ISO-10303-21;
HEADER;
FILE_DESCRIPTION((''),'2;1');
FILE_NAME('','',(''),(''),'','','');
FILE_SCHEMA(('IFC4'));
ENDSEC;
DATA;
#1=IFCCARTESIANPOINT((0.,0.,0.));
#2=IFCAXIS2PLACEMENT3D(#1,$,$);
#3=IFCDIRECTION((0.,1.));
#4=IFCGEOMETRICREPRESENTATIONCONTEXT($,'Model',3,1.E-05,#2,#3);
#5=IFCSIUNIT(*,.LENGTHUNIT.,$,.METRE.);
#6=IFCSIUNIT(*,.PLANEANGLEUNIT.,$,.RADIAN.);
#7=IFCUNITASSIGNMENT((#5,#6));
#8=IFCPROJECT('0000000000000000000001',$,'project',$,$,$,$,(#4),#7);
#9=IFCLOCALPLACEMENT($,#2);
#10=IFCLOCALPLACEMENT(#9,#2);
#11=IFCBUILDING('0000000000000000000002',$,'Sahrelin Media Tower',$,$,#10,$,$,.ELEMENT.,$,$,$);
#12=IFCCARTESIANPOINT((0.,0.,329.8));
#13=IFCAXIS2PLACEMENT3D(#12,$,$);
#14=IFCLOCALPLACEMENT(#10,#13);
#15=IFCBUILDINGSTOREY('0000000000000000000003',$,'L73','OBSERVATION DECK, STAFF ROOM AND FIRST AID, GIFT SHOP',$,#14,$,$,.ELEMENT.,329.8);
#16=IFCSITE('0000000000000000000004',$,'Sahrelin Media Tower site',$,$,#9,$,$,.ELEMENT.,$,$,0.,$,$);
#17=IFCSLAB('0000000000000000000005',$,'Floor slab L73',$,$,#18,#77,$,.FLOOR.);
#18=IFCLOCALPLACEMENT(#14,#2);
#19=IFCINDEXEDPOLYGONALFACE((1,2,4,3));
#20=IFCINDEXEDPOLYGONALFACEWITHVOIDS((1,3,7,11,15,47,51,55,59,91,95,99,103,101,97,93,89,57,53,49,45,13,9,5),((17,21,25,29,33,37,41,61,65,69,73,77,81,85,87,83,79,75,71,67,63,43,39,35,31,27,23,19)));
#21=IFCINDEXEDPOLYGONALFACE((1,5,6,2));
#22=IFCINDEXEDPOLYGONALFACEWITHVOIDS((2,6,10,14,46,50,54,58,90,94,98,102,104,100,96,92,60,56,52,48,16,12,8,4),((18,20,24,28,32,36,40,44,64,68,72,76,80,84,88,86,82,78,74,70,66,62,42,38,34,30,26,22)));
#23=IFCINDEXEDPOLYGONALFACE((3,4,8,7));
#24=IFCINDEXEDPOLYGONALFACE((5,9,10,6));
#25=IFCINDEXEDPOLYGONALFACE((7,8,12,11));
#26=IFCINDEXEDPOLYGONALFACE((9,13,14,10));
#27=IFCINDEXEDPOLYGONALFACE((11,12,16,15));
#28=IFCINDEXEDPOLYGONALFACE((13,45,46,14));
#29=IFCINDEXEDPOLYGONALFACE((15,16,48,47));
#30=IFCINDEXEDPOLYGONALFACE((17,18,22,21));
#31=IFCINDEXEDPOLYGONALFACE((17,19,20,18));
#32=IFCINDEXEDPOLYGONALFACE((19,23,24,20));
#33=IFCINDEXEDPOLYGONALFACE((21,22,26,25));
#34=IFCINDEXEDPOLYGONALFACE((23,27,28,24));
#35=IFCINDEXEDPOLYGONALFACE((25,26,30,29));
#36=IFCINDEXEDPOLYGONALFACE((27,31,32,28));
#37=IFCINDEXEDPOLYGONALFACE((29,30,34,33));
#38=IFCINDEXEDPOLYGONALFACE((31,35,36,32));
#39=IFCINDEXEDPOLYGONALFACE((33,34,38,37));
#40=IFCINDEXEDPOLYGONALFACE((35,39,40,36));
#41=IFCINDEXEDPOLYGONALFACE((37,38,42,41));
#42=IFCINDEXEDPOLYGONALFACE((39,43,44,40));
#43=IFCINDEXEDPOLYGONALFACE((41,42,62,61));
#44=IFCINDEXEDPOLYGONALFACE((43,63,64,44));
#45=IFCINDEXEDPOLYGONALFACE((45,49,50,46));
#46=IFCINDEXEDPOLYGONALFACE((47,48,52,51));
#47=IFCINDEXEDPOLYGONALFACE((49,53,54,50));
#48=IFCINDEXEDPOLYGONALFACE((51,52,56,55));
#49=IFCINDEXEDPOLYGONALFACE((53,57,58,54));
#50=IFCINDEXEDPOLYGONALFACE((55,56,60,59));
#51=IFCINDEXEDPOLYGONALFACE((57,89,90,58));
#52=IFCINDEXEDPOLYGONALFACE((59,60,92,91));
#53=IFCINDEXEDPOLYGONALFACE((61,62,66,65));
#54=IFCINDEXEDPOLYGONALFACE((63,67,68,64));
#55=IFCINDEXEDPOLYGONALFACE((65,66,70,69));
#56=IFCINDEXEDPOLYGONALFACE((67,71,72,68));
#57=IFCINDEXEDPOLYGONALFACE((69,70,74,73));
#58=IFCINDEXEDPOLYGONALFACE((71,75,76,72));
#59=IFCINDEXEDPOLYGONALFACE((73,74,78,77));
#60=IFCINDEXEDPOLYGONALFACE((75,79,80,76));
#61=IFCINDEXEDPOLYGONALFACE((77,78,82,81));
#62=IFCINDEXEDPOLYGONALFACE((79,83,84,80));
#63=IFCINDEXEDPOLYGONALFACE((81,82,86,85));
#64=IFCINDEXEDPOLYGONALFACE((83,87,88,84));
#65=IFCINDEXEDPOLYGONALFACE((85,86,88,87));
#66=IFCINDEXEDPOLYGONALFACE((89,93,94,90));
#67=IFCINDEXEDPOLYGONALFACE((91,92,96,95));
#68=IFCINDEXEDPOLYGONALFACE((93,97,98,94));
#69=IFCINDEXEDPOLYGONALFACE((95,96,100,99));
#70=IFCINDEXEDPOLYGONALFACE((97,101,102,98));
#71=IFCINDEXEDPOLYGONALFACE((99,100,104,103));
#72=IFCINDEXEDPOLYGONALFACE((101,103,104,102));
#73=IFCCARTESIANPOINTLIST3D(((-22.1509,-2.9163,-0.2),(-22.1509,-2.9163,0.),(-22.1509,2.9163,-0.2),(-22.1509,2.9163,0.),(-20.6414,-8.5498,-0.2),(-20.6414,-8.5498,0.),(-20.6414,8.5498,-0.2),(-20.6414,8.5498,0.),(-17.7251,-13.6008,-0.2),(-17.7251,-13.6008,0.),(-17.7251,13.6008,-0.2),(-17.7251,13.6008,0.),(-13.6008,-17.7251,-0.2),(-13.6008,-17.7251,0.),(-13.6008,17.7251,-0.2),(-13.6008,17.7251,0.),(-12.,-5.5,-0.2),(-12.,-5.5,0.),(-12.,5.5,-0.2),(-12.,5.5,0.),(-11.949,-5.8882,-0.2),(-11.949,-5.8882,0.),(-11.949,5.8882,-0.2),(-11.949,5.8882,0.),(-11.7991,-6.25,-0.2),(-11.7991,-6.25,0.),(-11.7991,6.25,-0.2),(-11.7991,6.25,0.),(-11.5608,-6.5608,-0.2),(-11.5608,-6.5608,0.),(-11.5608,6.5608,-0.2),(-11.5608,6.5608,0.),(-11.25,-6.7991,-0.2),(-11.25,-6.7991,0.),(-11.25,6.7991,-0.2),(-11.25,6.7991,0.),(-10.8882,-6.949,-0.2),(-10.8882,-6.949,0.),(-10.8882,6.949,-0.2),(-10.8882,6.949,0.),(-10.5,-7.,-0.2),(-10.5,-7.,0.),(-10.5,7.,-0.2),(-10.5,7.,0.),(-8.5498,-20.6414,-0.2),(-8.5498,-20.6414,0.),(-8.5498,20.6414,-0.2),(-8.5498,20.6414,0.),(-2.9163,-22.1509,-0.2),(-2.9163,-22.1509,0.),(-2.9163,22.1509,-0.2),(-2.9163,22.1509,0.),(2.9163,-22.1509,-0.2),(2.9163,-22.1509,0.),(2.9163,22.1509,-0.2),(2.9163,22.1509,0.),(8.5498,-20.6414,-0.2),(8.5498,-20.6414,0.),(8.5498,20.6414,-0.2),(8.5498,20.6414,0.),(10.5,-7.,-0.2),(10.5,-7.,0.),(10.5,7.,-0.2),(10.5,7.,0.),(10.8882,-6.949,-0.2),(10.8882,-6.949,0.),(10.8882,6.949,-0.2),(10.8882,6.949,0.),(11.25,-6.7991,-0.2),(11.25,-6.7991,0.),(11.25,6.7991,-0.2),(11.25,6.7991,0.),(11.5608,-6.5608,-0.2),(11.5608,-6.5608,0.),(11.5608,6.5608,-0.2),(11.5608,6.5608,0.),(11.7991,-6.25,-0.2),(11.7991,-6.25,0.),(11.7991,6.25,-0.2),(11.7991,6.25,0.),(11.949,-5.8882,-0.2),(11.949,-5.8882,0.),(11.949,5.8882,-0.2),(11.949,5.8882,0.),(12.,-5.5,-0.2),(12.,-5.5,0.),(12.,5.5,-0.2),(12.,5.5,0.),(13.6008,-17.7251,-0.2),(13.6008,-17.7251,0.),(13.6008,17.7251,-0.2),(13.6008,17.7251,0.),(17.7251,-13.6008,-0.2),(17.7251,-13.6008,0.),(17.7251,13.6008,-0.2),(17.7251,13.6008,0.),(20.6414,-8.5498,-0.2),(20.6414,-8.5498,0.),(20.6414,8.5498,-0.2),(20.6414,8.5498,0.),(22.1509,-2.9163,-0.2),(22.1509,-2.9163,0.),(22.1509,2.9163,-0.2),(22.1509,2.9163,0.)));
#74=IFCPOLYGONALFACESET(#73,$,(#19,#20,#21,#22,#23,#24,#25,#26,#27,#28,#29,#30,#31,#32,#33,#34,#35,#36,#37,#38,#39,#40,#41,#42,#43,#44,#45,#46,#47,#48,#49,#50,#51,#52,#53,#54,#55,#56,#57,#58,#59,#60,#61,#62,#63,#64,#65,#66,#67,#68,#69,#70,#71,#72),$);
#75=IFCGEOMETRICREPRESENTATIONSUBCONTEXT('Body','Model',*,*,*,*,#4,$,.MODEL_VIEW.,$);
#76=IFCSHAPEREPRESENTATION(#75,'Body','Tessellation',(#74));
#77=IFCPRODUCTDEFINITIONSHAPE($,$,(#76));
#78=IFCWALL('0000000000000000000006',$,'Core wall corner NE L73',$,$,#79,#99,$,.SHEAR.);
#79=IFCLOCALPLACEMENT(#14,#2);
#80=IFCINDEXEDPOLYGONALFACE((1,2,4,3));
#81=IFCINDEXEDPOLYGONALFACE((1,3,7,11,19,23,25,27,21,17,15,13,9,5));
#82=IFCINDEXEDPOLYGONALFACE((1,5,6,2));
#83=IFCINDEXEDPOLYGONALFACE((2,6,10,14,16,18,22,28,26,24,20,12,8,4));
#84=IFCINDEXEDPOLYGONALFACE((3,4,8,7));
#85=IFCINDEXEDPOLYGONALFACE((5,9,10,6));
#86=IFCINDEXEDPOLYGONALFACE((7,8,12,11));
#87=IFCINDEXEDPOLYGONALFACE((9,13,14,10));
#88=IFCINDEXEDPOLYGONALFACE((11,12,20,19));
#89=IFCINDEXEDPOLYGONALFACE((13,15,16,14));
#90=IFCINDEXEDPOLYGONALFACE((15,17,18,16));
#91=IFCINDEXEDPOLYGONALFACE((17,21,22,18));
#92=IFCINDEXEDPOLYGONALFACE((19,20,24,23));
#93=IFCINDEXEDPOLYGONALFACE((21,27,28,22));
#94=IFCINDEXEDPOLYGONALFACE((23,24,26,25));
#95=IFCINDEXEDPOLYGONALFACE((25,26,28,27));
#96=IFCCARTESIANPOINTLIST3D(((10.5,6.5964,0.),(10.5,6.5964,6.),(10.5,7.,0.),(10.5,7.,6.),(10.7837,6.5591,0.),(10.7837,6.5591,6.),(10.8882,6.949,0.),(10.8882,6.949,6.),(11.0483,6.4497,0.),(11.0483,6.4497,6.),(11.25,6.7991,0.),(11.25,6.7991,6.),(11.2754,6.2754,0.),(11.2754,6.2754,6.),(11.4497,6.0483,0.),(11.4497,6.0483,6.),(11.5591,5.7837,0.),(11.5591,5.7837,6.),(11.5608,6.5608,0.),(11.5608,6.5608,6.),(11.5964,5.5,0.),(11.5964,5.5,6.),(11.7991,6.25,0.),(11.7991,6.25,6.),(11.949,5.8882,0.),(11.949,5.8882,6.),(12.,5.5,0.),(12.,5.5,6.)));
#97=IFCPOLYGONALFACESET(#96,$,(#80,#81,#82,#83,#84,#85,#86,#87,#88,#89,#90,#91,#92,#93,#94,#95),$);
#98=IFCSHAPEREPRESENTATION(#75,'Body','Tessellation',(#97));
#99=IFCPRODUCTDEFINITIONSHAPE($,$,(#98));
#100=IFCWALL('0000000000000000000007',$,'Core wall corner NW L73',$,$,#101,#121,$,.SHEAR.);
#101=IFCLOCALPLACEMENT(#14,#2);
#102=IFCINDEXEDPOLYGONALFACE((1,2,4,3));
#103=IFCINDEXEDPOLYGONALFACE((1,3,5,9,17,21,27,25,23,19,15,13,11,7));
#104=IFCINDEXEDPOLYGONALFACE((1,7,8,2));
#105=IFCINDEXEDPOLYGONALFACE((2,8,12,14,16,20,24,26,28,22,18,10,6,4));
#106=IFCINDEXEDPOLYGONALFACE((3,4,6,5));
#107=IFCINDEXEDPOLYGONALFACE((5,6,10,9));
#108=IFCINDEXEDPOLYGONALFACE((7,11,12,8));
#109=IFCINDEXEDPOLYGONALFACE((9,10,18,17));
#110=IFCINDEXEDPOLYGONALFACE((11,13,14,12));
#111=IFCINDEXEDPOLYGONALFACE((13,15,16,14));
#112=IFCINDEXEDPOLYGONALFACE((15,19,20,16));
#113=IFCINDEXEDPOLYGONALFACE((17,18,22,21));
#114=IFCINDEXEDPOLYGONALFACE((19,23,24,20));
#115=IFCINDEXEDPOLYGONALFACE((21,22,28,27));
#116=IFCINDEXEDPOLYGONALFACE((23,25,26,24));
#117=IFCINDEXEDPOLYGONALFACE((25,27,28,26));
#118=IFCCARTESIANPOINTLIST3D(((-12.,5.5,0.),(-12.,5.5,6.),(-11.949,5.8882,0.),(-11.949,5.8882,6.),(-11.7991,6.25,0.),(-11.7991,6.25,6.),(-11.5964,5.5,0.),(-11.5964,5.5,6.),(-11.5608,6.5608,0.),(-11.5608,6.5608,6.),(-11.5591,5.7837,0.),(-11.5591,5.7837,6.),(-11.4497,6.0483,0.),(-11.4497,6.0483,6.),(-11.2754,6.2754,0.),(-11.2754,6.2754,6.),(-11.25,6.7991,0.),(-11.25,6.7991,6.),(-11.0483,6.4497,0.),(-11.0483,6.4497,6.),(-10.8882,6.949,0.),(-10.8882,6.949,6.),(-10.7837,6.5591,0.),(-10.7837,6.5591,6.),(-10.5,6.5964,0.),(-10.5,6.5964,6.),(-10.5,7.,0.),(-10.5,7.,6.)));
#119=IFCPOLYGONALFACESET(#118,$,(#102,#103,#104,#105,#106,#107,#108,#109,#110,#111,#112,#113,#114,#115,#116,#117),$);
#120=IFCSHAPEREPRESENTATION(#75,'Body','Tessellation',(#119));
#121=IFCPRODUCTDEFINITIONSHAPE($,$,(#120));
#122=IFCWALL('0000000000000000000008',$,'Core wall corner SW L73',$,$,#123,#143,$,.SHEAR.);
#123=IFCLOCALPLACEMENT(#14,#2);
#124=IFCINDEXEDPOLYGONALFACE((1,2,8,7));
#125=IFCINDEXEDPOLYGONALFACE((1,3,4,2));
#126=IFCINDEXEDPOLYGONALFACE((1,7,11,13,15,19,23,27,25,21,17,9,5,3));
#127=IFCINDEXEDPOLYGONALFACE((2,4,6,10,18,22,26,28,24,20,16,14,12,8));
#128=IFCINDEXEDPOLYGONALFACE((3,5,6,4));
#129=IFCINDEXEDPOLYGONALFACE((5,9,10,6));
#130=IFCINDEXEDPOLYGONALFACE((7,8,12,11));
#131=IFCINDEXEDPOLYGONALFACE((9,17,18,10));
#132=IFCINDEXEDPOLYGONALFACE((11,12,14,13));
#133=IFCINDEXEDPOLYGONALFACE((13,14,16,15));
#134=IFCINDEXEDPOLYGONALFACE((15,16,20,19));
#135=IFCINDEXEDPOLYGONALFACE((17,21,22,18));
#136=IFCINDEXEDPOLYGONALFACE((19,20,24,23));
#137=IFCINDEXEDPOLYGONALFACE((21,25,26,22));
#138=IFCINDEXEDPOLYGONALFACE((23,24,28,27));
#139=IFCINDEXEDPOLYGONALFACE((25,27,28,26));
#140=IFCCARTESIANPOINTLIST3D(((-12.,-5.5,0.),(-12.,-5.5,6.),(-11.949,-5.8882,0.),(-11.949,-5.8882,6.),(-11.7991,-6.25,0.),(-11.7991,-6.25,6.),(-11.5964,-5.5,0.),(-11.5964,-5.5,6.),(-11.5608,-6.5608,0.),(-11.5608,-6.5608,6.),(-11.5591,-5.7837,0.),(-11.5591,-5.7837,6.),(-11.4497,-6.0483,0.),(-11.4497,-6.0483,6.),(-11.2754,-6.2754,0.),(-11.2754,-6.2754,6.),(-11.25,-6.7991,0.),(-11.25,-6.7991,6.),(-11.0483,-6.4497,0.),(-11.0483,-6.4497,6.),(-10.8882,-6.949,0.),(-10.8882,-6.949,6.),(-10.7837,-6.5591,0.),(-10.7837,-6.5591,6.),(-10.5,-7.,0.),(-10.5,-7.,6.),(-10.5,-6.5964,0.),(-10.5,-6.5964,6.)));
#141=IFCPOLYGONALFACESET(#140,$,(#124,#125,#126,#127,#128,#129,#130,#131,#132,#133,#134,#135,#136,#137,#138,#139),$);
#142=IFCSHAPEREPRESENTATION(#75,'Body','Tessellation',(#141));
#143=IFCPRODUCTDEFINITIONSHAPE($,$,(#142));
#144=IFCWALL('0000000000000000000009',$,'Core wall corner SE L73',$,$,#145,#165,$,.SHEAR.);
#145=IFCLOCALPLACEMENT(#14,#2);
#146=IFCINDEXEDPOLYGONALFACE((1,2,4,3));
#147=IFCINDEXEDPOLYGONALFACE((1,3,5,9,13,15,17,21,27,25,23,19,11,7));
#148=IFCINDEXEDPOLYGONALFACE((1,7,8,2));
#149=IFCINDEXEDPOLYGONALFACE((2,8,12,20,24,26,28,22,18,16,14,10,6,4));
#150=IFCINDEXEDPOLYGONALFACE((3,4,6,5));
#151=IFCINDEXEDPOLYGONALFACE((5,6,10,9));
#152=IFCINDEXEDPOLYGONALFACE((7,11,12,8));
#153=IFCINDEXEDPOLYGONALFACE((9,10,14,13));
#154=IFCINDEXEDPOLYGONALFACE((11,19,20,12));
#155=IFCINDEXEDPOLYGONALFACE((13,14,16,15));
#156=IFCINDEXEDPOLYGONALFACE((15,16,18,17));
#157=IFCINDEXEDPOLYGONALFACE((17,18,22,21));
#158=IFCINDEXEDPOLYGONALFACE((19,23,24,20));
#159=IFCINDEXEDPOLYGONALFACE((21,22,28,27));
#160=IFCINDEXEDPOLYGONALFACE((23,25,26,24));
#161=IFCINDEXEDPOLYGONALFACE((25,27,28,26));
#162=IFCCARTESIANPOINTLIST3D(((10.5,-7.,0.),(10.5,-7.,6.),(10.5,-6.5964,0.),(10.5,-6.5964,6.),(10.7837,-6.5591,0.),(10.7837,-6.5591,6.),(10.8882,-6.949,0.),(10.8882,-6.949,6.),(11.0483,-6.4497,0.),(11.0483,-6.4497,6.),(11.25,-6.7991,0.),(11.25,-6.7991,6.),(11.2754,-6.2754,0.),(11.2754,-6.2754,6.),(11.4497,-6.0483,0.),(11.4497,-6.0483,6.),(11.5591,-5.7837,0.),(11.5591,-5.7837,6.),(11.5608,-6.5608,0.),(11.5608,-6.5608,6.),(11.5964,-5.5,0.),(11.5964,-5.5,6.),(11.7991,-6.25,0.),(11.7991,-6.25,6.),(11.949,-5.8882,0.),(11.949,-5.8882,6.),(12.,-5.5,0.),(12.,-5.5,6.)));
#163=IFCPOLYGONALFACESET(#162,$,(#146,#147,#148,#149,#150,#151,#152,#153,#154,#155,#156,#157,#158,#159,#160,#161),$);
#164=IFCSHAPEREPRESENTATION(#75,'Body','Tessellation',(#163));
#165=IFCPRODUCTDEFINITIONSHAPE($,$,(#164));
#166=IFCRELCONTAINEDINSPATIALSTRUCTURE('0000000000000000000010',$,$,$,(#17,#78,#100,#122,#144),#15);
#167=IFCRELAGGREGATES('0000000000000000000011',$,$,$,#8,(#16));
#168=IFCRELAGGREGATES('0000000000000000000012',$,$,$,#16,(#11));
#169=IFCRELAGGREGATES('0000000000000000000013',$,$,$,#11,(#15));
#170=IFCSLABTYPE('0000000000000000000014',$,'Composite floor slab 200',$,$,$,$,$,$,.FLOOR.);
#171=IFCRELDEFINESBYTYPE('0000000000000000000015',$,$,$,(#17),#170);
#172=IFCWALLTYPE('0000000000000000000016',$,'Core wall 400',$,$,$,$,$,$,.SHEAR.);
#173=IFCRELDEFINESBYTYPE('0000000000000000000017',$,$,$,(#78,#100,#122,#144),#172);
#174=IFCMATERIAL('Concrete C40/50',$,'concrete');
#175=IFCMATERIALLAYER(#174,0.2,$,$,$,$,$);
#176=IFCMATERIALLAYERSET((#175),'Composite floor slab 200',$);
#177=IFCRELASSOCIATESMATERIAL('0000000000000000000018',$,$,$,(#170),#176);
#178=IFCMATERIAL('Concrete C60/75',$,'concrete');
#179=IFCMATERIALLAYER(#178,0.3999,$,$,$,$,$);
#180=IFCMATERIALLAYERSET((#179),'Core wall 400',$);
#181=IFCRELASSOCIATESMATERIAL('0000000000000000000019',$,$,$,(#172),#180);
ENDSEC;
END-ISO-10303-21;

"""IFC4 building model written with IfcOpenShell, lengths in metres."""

from ifc_helpers import new_model, si_unit, direction, frame, origin, place, context, subcontext, project, spatial, polyline, outline, extrude, material, layer, layer_set, type_object, element, save


model = new_model("IFC4")

# Units and contexts
model_context = context("Model", 3, precision=1e-05, world=origin(), true_north=direction((0.0, 1.0)))
body_context = subcontext(model_context, "Body", "Model", "MODEL_VIEW")
ifc_project = project(units=[si_unit("LENGTHUNIT", "METRE"), si_unit("PLANEANGLEUNIT", "RADIAN")], contexts=[model_context])

# Site, building, storey
site_placement = place(None, origin())
site = spatial("IfcSite", under=ifc_project, at=site_placement, Name="Sahrelin Media Tower site", CompositionType="ELEMENT", RefElevation=0.0)
building_placement = place(site_placement, origin())
building = spatial("IfcBuilding", under=site, at=building_placement, Name="Sahrelin Media Tower", CompositionType="ELEMENT")
storey_placement = place(building_placement, frame((0.0, 0.0, 329.8)))
storey = spatial("IfcBuildingStorey", under=building, at=storey_placement, Name="L73", Description="OBSERVATION DECK, STAFF ROOM AND FIRST AID, GIFT SHOP", CompositionType="ELEMENT", Elevation=329.8)

# Slab
ifc_material_1 = material(Name="Concrete C40/50", Category="concrete")
ifc_layer_1 = layer(ifc_material_1, 0.2)
ifc_layer_set_1 = layer_set([ifc_layer_1], Name="Composite floor slab 200")
slab_type = type_object("IfcSlabType", Name="Composite floor slab 200", PredefinedType="FLOOR", material=ifc_layer_set_1)
slab_placement = place(storey_placement, frame((0.0, 0.0, -0.2)))
element("IfcSlab", 1, at=slab_placement, inside=storey, type_object=slab_type, Name="Floor slab L73", PredefinedType="FLOOR", context=body_context, shape_type="SweptSolid", body=[
    extrude(outline(polyline([(22.1509, -2.9163), (22.1509, 2.9163), (20.6414, 8.5498), (17.7251, 13.6008), (13.6008, 17.7251), (8.5498, 20.6414), (2.9163, 22.1509), (-2.9163, 22.1509), (-8.5498, 20.6414), (-13.6008, 17.7251), (-17.7251, 13.6008), (-20.6414, 8.5498), (-22.1509, 2.9163), (-22.1509, -2.9163), (-20.6414, -8.5498), (-17.7251, -13.6008), (-13.6008, -17.7251), (-8.5498, -20.6414), (-2.9163, -22.1509), (2.9163, -22.1509), (8.5498, -20.6414), (13.6008, -17.7251), (17.7251, -13.6008), (20.6414, -8.5498), (22.1509, -2.9163)]), holes=[polyline([(11.949, 5.8882), (12.0, 5.5), (12.0, -5.5), (11.949, -5.8882), (11.7991, -6.25), (11.5608, -6.5608), (11.25, -6.7991), (10.8882, -6.949), (10.5, -7.0), (-10.5, -7.0), (-10.8882, -6.949), (-11.25, -6.7991), (-11.5608, -6.5608), (-11.7991, -6.25), (-11.949, -5.8882), (-12.0, -5.5), (-12.0, 5.5), (-11.949, 5.8882), (-11.7991, 6.25), (-11.5608, 6.5608), (-11.25, 6.7991), (-10.8882, 6.949), (-10.5, 7.0), (10.5, 7.0), (10.8882, 6.949), (11.25, 6.7991), (11.5608, 6.5608), (11.7991, 6.25), (11.949, 5.8882)])]), origin(), (0.0, 0.0, 1.0), 0.2),
])

# Walls
ifc_material_2 = material(Name="Concrete C60/75", Category="concrete")
ifc_layer_2 = layer(ifc_material_2, 0.3999)
ifc_layer_set_2 = layer_set([ifc_layer_2], Name="Core wall 400")
wall_type_1 = type_object("IfcWallType", Name="Core wall 400", PredefinedType="SHEAR", material=ifc_layer_set_2)
placement = place(storey_placement, origin())
element("IfcWall", 2, at=placement, inside=storey, type_object=wall_type_1, Name="Core wall corner NE L73", PredefinedType="SHEAR", context=body_context, shape_type="SweptSolid", body=[
    extrude(outline(polyline([(10.5, 7.0), (10.5, 6.5964), (10.7837, 6.5591), (11.0483, 6.4497), (11.2754, 6.2754), (11.4497, 6.0483), (11.5591, 5.7837), (11.5964, 5.5), (12.0, 5.5), (11.949, 5.8882), (11.7991, 6.25), (11.5608, 6.5608), (11.25, 6.7991), (10.8882, 6.949), (10.5, 7.0)])), origin(), (0.0, 0.0, 1.0), 6.0),
])
element("IfcWall", 3, at=placement, inside=storey, type_object=wall_type_1, Name="Core wall corner NW L73", PredefinedType="SHEAR", context=body_context, shape_type="SweptSolid", body=[
    extrude(outline(polyline([(-12.0, 5.5), (-11.5964, 5.5), (-11.5591, 5.7837), (-11.4497, 6.0483), (-11.2754, 6.2754), (-11.0483, 6.4497), (-10.7837, 6.5591), (-10.5, 6.5964), (-10.5, 7.0), (-10.8882, 6.949), (-11.25, 6.7991), (-11.5608, 6.5608), (-11.7991, 6.25), (-11.949, 5.8882), (-12.0, 5.5)])), origin(), (0.0, 0.0, 1.0), 6.0),
])
element("IfcWall", 4, at=placement, inside=storey, type_object=wall_type_1, Name="Core wall corner SW L73", PredefinedType="SHEAR", context=body_context, shape_type="SweptSolid", body=[
    extrude(outline(polyline([(-10.5, -7.0), (-10.5, -6.5964), (-10.7837, -6.5591), (-11.0483, -6.4497), (-11.2754, -6.2754), (-11.4497, -6.0483), (-11.5591, -5.7837), (-11.5964, -5.5), (-12.0, -5.5), (-11.949, -5.8882), (-11.7991, -6.25), (-11.5608, -6.5608), (-11.25, -6.7991), (-10.8882, -6.949), (-10.5, -7.0)])), origin(), (0.0, 0.0, 1.0), 6.0),
])
element("IfcWall", 5, at=placement, inside=storey, type_object=wall_type_1, Name="Core wall corner SE L73", PredefinedType="SHEAR", context=body_context, shape_type="SweptSolid", body=[
    extrude(outline(polyline([(12.0, -5.5), (11.5964, -5.5), (11.5591, -5.7837), (11.4497, -6.0483), (11.2754, -6.2754), (11.0483, -6.4497), (10.7837, -6.5591), (10.5, -6.5964), (10.5, -7.0), (10.8882, -6.949), (11.25, -6.7991), (11.5608, -6.5608), (11.7991, -6.25), (11.949, -5.8882), (12.0, -5.5)])), origin(), (0.0, 0.0, 1.0), 6.0),
])

save(model, "model.ifc")
